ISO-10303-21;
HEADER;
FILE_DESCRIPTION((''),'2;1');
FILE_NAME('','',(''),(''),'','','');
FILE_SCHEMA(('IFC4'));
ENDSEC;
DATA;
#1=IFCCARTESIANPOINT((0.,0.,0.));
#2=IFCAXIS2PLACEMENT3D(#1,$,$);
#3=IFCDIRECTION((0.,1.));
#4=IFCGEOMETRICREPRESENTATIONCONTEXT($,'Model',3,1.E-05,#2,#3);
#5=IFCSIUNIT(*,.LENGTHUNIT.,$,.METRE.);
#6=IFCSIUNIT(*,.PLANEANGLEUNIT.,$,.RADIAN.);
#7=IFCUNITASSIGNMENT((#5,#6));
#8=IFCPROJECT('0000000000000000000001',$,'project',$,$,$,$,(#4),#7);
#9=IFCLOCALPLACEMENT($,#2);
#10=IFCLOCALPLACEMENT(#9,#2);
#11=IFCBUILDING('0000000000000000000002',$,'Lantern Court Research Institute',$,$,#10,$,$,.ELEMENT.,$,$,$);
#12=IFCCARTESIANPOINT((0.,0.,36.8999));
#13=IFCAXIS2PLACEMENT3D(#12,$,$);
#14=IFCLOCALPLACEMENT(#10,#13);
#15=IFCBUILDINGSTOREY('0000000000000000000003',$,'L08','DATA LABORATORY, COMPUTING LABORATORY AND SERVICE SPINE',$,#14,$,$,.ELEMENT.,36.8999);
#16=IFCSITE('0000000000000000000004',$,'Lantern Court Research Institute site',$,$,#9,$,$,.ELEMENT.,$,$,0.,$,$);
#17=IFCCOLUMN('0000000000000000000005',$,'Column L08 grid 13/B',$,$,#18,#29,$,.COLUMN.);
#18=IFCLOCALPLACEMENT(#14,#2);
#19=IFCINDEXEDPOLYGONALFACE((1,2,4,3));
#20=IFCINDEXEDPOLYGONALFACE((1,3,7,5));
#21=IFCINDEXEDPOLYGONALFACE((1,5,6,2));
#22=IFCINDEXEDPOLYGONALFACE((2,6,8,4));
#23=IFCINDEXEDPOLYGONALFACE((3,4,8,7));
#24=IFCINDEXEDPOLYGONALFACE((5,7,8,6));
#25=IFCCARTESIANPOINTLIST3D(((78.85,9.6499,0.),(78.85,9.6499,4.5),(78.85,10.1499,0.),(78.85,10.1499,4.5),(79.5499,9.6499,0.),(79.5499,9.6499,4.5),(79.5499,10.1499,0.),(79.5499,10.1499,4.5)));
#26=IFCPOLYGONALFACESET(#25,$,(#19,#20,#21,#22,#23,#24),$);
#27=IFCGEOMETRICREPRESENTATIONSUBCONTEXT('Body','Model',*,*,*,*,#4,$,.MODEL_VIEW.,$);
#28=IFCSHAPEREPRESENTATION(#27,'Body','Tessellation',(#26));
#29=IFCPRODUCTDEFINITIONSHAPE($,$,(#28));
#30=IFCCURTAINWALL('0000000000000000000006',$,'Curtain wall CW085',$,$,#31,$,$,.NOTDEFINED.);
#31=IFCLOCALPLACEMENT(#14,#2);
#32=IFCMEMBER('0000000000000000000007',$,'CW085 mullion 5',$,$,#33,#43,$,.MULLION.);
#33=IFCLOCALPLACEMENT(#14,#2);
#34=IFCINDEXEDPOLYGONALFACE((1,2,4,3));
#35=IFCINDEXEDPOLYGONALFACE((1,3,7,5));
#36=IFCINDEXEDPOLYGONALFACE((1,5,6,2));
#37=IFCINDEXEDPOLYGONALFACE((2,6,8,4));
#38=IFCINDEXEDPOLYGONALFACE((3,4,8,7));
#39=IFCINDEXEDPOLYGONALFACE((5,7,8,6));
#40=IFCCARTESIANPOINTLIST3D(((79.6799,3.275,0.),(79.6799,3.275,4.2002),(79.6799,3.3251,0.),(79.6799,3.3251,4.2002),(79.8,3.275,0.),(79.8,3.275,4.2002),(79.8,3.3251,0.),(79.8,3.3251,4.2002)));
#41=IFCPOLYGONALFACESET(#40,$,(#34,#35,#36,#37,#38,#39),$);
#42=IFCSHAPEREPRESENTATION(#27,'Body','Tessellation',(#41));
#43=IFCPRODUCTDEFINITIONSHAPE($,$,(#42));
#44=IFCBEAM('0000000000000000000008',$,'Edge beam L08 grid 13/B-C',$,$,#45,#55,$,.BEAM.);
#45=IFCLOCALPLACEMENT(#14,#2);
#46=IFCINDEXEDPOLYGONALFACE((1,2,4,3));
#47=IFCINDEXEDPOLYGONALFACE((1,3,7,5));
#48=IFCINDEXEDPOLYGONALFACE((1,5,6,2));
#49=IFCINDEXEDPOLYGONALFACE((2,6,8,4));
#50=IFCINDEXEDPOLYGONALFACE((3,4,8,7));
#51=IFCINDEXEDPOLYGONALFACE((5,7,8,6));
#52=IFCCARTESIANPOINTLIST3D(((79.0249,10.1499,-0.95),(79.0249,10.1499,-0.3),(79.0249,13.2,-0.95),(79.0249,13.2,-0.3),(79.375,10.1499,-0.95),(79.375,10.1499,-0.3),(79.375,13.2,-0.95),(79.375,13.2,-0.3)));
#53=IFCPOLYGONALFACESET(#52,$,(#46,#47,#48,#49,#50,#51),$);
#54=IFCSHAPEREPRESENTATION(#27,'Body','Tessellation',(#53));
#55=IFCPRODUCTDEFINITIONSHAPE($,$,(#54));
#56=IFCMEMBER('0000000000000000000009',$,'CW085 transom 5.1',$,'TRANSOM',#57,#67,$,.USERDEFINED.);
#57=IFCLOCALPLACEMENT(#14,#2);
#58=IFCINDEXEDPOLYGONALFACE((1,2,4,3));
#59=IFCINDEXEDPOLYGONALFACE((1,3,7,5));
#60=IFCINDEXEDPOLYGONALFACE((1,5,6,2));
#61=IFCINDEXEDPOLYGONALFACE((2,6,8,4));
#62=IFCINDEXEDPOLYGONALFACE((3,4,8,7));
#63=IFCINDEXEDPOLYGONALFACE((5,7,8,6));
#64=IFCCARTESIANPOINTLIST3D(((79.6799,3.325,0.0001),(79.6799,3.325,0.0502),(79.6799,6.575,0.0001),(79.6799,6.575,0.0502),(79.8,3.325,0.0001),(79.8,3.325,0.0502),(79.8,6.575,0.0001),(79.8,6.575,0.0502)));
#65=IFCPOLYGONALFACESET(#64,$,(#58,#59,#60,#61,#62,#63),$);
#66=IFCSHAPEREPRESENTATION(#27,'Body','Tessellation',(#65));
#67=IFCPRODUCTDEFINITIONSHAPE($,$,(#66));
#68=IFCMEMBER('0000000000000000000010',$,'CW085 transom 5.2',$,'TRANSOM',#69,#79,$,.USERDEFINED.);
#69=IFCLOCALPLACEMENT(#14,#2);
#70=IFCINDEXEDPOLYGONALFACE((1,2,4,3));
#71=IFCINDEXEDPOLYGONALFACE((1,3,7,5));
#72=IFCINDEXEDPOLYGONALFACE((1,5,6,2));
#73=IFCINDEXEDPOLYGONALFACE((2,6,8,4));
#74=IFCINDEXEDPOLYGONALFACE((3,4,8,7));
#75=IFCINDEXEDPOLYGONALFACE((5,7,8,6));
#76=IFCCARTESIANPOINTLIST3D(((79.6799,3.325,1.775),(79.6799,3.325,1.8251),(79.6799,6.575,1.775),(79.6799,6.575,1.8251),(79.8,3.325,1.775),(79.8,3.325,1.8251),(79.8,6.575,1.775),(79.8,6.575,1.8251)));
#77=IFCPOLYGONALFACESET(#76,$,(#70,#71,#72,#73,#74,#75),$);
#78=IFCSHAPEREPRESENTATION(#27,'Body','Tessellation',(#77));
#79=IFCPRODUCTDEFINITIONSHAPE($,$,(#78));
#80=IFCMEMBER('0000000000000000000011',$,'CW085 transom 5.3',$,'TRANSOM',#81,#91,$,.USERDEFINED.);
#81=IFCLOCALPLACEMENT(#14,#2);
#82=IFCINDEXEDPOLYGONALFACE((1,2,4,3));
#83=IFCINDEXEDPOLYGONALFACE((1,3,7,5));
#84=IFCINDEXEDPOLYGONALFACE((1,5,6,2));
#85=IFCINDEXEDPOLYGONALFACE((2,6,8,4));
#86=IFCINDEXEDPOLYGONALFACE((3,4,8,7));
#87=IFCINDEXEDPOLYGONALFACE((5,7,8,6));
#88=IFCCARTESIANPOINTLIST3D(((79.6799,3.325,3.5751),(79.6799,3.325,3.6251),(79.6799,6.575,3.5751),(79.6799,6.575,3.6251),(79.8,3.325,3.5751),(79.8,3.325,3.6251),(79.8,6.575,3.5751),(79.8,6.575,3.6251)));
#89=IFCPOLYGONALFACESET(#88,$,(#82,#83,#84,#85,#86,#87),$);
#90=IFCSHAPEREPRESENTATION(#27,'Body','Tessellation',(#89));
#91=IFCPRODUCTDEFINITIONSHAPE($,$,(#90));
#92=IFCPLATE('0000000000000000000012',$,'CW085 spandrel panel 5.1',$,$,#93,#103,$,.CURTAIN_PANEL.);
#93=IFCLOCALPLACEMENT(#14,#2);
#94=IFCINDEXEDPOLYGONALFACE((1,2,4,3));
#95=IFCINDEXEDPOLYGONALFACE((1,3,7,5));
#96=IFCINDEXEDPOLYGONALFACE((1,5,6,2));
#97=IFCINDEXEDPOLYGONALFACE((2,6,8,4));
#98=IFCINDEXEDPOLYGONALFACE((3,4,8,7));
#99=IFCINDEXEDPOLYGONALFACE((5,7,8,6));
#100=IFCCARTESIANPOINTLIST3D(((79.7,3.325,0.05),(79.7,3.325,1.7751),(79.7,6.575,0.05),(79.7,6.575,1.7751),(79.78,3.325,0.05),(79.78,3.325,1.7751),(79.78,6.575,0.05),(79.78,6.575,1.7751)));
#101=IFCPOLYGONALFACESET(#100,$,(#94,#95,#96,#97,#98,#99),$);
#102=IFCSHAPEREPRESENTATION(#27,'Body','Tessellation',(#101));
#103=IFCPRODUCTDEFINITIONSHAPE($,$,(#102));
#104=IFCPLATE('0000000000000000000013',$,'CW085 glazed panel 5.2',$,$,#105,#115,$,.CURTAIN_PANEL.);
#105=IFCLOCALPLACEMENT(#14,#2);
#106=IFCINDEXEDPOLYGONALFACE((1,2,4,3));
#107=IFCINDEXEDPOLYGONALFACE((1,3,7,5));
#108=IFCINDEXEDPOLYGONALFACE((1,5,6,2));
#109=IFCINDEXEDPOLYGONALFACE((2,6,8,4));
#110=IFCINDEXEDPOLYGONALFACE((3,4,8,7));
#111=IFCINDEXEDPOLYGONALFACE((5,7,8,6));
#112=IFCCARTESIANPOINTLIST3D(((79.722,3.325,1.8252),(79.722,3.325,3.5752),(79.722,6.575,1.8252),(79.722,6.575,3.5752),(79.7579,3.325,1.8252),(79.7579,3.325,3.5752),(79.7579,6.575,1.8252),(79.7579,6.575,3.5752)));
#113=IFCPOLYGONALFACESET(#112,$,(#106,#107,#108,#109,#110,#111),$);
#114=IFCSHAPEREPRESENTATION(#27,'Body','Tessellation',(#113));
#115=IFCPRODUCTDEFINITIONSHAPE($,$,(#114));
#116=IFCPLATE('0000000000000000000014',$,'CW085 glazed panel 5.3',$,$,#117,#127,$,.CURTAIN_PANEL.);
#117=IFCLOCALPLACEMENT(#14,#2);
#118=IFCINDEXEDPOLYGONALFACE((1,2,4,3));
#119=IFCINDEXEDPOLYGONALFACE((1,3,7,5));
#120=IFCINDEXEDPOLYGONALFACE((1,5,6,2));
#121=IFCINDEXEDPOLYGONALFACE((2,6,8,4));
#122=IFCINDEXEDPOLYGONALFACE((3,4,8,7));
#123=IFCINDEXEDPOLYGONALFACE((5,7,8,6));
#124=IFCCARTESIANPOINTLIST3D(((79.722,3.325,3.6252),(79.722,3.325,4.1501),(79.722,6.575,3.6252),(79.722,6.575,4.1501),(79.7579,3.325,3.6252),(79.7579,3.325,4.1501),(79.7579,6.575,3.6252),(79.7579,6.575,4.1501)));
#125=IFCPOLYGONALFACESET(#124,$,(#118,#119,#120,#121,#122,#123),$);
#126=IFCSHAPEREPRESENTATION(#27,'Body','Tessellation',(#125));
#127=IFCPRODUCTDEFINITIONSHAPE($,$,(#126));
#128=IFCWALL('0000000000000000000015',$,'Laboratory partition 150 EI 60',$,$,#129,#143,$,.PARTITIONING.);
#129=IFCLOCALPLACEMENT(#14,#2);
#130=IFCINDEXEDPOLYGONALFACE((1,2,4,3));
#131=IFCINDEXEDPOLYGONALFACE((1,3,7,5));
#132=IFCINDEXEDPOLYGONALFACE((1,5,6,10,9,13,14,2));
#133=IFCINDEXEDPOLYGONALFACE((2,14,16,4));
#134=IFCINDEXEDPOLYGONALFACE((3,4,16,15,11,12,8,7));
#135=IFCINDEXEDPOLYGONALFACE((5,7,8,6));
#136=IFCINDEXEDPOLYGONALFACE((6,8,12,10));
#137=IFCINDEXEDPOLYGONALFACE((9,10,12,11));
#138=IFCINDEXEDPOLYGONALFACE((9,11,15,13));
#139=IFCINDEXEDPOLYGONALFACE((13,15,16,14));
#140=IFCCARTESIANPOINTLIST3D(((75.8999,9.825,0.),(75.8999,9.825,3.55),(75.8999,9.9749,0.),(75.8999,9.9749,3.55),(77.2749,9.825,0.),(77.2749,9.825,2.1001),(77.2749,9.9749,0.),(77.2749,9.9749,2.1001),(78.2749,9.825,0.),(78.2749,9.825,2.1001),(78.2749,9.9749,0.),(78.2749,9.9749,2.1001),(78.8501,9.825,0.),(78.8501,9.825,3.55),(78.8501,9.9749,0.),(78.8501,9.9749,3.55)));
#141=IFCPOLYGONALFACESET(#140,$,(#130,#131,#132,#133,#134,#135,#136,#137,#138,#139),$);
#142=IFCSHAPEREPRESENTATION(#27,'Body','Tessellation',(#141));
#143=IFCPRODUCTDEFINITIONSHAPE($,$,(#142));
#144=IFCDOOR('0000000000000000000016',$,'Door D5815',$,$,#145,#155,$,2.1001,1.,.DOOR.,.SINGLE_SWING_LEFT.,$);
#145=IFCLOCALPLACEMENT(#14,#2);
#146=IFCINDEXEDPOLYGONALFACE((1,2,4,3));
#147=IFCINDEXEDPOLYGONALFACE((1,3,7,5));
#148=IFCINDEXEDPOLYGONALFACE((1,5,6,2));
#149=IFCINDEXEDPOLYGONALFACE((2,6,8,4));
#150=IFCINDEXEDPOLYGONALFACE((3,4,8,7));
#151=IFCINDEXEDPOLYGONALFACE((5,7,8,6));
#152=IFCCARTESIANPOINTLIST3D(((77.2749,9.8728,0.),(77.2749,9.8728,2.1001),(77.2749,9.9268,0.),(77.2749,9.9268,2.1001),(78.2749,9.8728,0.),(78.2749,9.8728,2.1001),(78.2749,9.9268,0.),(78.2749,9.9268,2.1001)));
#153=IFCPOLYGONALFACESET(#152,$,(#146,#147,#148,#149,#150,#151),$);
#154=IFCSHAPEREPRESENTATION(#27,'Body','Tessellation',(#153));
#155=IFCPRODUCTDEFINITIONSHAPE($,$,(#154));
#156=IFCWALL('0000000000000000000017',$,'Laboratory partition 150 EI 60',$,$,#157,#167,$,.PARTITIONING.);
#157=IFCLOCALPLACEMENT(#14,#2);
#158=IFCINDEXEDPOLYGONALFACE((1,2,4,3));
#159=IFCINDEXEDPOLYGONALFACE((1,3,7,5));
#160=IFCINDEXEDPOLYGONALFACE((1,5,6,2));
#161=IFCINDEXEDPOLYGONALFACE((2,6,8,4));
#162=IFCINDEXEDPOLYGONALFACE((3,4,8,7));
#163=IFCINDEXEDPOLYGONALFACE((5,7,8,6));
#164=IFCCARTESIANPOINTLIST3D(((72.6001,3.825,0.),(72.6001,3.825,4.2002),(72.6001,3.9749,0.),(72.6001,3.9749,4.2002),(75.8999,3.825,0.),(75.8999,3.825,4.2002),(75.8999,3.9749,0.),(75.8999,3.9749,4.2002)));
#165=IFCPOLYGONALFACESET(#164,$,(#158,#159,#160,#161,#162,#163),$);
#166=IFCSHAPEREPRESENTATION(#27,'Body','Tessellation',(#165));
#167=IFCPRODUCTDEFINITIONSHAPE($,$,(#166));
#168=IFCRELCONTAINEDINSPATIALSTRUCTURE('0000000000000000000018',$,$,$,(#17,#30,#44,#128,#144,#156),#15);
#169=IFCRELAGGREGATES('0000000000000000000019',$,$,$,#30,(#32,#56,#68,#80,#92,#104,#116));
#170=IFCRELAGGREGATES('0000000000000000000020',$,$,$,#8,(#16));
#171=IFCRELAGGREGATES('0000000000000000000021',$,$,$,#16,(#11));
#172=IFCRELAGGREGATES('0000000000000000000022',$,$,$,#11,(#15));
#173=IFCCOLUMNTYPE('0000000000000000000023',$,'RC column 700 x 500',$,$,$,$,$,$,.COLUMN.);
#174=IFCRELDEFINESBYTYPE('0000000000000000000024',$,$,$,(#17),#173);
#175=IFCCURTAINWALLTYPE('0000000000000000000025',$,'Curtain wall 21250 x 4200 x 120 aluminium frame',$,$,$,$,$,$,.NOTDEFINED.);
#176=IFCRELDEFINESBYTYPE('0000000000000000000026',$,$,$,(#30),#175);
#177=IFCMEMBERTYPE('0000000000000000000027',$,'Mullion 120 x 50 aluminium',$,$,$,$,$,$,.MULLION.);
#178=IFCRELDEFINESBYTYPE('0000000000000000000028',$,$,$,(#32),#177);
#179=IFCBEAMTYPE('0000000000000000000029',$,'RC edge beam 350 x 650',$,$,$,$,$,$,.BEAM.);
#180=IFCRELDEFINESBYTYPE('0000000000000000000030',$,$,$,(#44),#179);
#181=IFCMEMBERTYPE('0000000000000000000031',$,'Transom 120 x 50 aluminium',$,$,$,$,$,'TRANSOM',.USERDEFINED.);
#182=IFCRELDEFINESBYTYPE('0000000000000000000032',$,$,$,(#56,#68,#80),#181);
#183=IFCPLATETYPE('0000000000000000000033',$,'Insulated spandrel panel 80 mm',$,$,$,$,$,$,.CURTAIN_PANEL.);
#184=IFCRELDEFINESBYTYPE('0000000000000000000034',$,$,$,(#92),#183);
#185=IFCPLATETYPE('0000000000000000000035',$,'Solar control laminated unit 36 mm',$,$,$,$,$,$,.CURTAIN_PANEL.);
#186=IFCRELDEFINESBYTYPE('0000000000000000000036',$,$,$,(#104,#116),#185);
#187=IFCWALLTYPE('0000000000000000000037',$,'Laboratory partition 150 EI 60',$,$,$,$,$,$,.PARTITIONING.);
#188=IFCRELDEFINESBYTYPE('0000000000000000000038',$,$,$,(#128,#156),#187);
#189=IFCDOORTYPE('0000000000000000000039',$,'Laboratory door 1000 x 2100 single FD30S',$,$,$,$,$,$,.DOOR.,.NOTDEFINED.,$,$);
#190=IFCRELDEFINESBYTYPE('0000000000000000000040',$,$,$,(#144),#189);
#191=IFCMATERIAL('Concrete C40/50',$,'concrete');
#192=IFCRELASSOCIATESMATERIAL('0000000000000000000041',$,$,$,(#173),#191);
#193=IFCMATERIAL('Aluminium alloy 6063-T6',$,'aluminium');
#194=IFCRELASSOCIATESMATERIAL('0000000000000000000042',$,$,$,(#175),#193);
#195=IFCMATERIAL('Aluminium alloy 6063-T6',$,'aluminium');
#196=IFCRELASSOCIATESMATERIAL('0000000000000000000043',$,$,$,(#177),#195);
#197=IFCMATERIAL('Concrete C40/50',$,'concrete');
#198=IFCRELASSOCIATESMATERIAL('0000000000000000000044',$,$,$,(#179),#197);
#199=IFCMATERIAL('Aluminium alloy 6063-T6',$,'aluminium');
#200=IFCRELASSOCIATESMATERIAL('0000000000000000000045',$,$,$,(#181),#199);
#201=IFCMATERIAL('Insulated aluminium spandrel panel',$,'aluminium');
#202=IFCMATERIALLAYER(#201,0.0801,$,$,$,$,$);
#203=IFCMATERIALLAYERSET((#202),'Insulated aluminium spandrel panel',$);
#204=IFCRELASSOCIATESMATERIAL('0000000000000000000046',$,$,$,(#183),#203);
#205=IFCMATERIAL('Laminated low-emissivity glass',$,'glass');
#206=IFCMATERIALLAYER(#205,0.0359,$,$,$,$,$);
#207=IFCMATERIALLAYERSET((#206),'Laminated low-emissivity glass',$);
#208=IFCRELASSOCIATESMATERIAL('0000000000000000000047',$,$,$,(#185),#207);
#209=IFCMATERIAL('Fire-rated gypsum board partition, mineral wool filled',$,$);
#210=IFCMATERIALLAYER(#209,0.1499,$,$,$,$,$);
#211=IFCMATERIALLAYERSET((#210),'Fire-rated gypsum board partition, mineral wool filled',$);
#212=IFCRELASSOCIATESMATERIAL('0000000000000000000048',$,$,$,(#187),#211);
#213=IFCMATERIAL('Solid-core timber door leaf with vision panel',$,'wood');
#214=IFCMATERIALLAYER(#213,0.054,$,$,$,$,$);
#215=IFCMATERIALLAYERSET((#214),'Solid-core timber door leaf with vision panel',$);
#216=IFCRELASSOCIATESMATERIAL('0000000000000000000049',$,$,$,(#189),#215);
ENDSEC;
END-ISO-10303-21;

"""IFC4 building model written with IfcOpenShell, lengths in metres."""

from ifc_helpers import new_model, si_unit, direction, frame, frame_2d, origin, origin_2d, place, context, subcontext, project, spatial, rectangle, extrude, material, layer, layer_set, material_profile, profile_set, type_object, element, fill, aggregate, save


model = new_model("IFC4")

# Units and contexts
model_context = context("Model", 3, precision=1e-05, world=origin(), true_north=direction((0.0, 1.0)))
body_context = subcontext(model_context, "Body", "Model", "MODEL_VIEW")
ifc_project = project(units=[si_unit("LENGTHUNIT", "METRE"), si_unit("PLANEANGLEUNIT", "RADIAN")], contexts=[model_context])

# Site, building, storey
site_placement = place(None, origin())
site = spatial("IfcSite", under=ifc_project, at=site_placement, Name="Lantern Court Research Institute site", CompositionType="ELEMENT", RefElevation=0.0)
building_placement = place(site_placement, origin())
building = spatial("IfcBuilding", under=site, at=building_placement, Name="Lantern Court Research Institute", CompositionType="ELEMENT")
storey_placement = place(building_placement, frame((0.0, 0.0, 36.8999)))
storey = spatial("IfcBuildingStorey", under=building, at=storey_placement, Name="L08", Description="DATA LABORATORY, COMPUTING LABORATORY AND SERVICE SPINE", CompositionType="ELEMENT", Elevation=36.8999)

# Column
ifc_material_1 = material(Name="Concrete C40/50", Category="concrete")
ifc_material_profile_1 = material_profile(ifc_material_1, rectangle(XDim=0.7, YDim=0.5, at=origin_2d()), Name="RC column 700 x 500")
ifc_profile_set_1 = profile_set([ifc_material_profile_1], Name="Concrete C40/50")
column_type = type_object("IfcColumnType", Name="RC column 700 x 500", PredefinedType="COLUMN", material=ifc_profile_set_1)
column_placement = place(storey_placement, frame((79.2, 9.8999, 0.0), z_axis=(0.0, 0.0, 1.0), x_axis=(1.0, 0.0, 0.0)))
element("IfcColumn", 1, at=column_placement, inside=storey, type_object=column_type, Name="Column L08 grid 13/B", PredefinedType="COLUMN", context=body_context, shape_type="SweptSolid", body=[
    extrude(rectangle(XDim=0.7, YDim=0.5, at=origin_2d()), origin(), (0.0, 0.0, 1.0), 4.5),
])

# Curtain wall, member
ifc_material_2 = material(Name="Aluminium alloy 6063-T6", Category="aluminium")
curtain_wall_type = type_object("IfcCurtainWallType", Name="Curtain wall 21250 x 4200 x 120 aluminium frame", PredefinedType="NOTDEFINED", material=ifc_material_2)
curtain_wall_placement = place(storey_placement, origin())
curtain_wall = element("IfcCurtainWall", 2, at=curtain_wall_placement, inside=storey, type_object=curtain_wall_type, Name="Curtain wall CW085", PredefinedType="NOTDEFINED")
ifc_material_3 = material(Name="Aluminium alloy 6063-T6", Category="aluminium")
ifc_material_profile_2 = material_profile(ifc_material_3, rectangle(XDim=0.1201, YDim=0.05, at=origin_2d()), Name="Mullion 120 x 50")
ifc_profile_set_2 = profile_set([ifc_material_profile_2], Name="Aluminium alloy 6063-T6")
member_type_1 = type_object("IfcMemberType", Name="Mullion 120 x 50 aluminium", PredefinedType="MULLION", material=ifc_profile_set_2)
member_1_placement = place(storey_placement, frame((79.74, 3.3, 0.0), z_axis=(0.0, 0.0, 1.0), x_axis=(1.0, 0.0, 0.0)))
member_1 = element("IfcMember", 3, at=member_1_placement, type_object=member_type_1, Name="CW085 mullion 5", PredefinedType="MULLION", context=body_context, shape_type="SweptSolid", body=[
    extrude(rectangle(XDim=0.1201, YDim=0.05, at=origin_2d()), origin(), (0.0, 0.0, 1.0), 4.2002),
])

# Beam
ifc_material_4 = material(Name="Concrete C40/50", Category="concrete")
ifc_material_profile_3 = material_profile(ifc_material_4, rectangle(XDim=0.3501, YDim=0.6499, at=origin_2d()), Name="RC beam 350 x 650")
ifc_profile_set_3 = profile_set([ifc_material_profile_3], Name="Concrete C40/50")
beam_type = type_object("IfcBeamType", Name="RC edge beam 350 x 650", PredefinedType="BEAM", material=ifc_profile_set_3)
beam_placement = place(storey_placement, frame((79.2, 10.1499, -0.625), z_axis=(0.0, 1.0, 0.0), x_axis=(-1.0, 0.0, 0.0)))
element("IfcBeam", 4, at=beam_placement, inside=storey, type_object=beam_type, Name="Edge beam L08 grid 13/B-C", PredefinedType="BEAM", context=body_context, shape_type="SweptSolid", body=[
    extrude(rectangle(XDim=0.3501, YDim=0.6499, at=origin_2d()), origin(), (0.0, 0.0, 1.0), 3.05),
])

# Members
ifc_material_5 = material(Name="Aluminium alloy 6063-T6", Category="aluminium")
ifc_material_profile_4 = material_profile(ifc_material_5, rectangle(XDim=0.1201, YDim=0.05, at=origin_2d()), Name="Transom 120 x 50")
ifc_profile_set_4 = profile_set([ifc_material_profile_4], Name="Aluminium alloy 6063-T6")
member_type_2 = type_object("IfcMemberType", Name="Transom 120 x 50 aluminium", ElementType="TRANSOM", PredefinedType="USERDEFINED", material=ifc_profile_set_4)
member_2_placement = place(storey_placement, frame((79.74, 6.575, 0.0251), z_axis=(0.0, -1.0, 0.0), x_axis=(1.0, 0.0, 0.0)))
member_2 = element("IfcMember", 5, at=member_2_placement, type_object=member_type_2, Name="CW085 transom 5.1", ObjectType="TRANSOM", PredefinedType="USERDEFINED", context=body_context, shape_type="SweptSolid", body=[
    extrude(rectangle(XDim=0.1201, YDim=0.05, at=origin_2d()), origin(), (0.0, 0.0, 1.0), 3.25),
])
member_3_placement = place(storey_placement, frame((79.74, 6.575, 1.8), z_axis=(0.0, -1.0, 0.0), x_axis=(1.0, 0.0, 0.0)))
member_3 = element("IfcMember", 6, at=member_3_placement, type_object=member_type_2, Name="CW085 transom 5.2", ObjectType="TRANSOM", PredefinedType="USERDEFINED", context=body_context, shape_type="SweptSolid", body=[
    extrude(rectangle(XDim=0.1201, YDim=0.05, at=origin_2d()), origin(), (0.0, 0.0, 1.0), 3.25),
])
member_4_placement = place(storey_placement, frame((79.74, 6.575, 3.6001), z_axis=(0.0, -1.0, 0.0), x_axis=(1.0, 0.0, 0.0)))
member_4 = element("IfcMember", 7, at=member_4_placement, type_object=member_type_2, Name="CW085 transom 5.3", ObjectType="TRANSOM", PredefinedType="USERDEFINED", context=body_context, shape_type="SweptSolid", body=[
    extrude(rectangle(XDim=0.1201, YDim=0.05, at=origin_2d()), origin(), (0.0, 0.0, 1.0), 3.25),
])

# Plates
ifc_material_6 = material(Name="Insulated aluminium spandrel panel", Category="aluminium")
ifc_layer_1 = layer(ifc_material_6, 0.0801)
ifc_layer_set_1 = layer_set([ifc_layer_1], Name="Insulated aluminium spandrel panel")
plate_type_1 = type_object("IfcPlateType", Name="Insulated spandrel panel 80 mm", PredefinedType="CURTAIN_PANEL", material=ifc_layer_set_1)
plate_1_placement = place(storey_placement, frame((79.74, 4.95, 0.05), z_axis=(0.0, 0.0, 1.0), x_axis=(0.0, -1.0, 0.0)))
plate_1 = element("IfcPlate", 8, at=plate_1_placement, type_object=plate_type_1, Name="CW085 spandrel panel 5.1", PredefinedType="CURTAIN_PANEL", context=body_context, shape_type="SweptSolid", body=[
    extrude(rectangle(XDim=3.25, YDim=0.0801, at=origin_2d()), origin(), (0.0, 0.0, 1.0), 1.7251),
])
ifc_material_7 = material(Name="Laminated low-emissivity glass", Category="glass")
ifc_layer_2 = layer(ifc_material_7, 0.0359)
ifc_layer_set_2 = layer_set([ifc_layer_2], Name="Laminated low-emissivity glass")
plate_type_2 = type_object("IfcPlateType", Name="Solar control laminated unit 36 mm", PredefinedType="CURTAIN_PANEL", material=ifc_layer_set_2)
plate_2_placement = place(storey_placement, frame((79.74, 4.95, 1.8252), z_axis=(0.0, 0.0, 1.0), x_axis=(0.0, -1.0, 0.0)))
plate_2 = element("IfcPlate", 9, at=plate_2_placement, type_object=plate_type_2, Name="CW085 glazed panel 5.2", PredefinedType="CURTAIN_PANEL", context=body_context, shape_type="SweptSolid", body=[
    extrude(rectangle(XDim=3.25, YDim=0.0359, at=origin_2d()), origin(), (0.0, 0.0, 1.0), 1.75),
])
plate_3_placement = place(storey_placement, frame((79.74, 4.95, 3.6252), z_axis=(0.0, 0.0, 1.0), x_axis=(0.0, -1.0, 0.0)))
plate_3 = element("IfcPlate", 10, at=plate_3_placement, type_object=plate_type_2, Name="CW085 glazed panel 5.3", PredefinedType="CURTAIN_PANEL", context=body_context, shape_type="SweptSolid", body=[
    extrude(rectangle(XDim=3.25, YDim=0.0359, at=origin_2d()), origin(), (0.0, 0.0, 1.0), 0.5249),
])
aggregate(curtain_wall, [member_1, member_2, member_3, member_4, plate_1, plate_2, plate_3])

# Wall, opening, door
ifc_material_8 = material(Name="Fire-rated gypsum board partition, mineral wool filled")
ifc_layer_3 = layer(ifc_material_8, 0.1499)
ifc_layer_set_3 = layer_set([ifc_layer_3], Name="Fire-rated gypsum board partition, mineral wool filled")
wall_type_1 = type_object("IfcWallType", Name="Laboratory partition 150 EI 60", PredefinedType="PARTITIONING", material=ifc_layer_set_3)
wall_1_placement = place(storey_placement, frame((75.8999, 9.8999, 0.0), z_axis=(0.0, 0.0, 1.0), x_axis=(1.0, 0.0, 0.0)))
wall_1 = element("IfcWall", 11, at=wall_1_placement, inside=storey, type_object=wall_type_1, Name="Laboratory partition 150 EI 60", PredefinedType="PARTITIONING", context=body_context, shape_type="SweptSolid", body=[
    extrude(rectangle(XDim=2.9502, YDim=0.1499, at=frame_2d((1.4751, 0.0))), origin(), (0.0, 0.0, 1.0), 3.55),
])
opening_1_placement = place(wall_1_placement, frame((1.375, 0.0, 0.0)))
opening_1 = element("IfcOpeningElement", 12, at=opening_1_placement, cuts=wall_1, PredefinedType="OPENING", context=body_context, shape_type="SweptSolid", body=[
    extrude(rectangle(XDim=1.0, YDim=2.1001, at=frame_2d((0.5, 1.05))), frame((0.0, 0.085, 0.0), z_axis=(0.0, -1.0, 0.0), x_axis=(1.0, 0.0, 0.0)), (0.0, 0.0, 1.0), 0.1699),
])
ifc_material_9 = material(Name="Solid-core timber door leaf with vision panel", Category="wood")
ifc_layer_4 = layer(ifc_material_9, 0.054)
ifc_layer_set_4 = layer_set([ifc_layer_4], Name="Solid-core timber door leaf with vision panel")
door_type = type_object("IfcDoorType", Name="Laboratory door 1000 x 2100 single FD30S", OperationType="NOTDEFINED", PredefinedType="DOOR", material=ifc_layer_set_4)
door_placement = place(opening_1_placement, origin())
door = element("IfcDoor", 13, at=door_placement, inside=storey, type_object=door_type, Name="Door D5815", OperationType="SINGLE_SWING_LEFT", OverallHeight=2.1001, OverallWidth=1.0, PredefinedType="DOOR", context=body_context, shape_type="SweptSolid", body=[
    extrude(rectangle(XDim=1.0, YDim=2.1001, at=frame_2d((0.5, 1.05))), frame((0.0, 0.0269, 0.0), z_axis=(0.0, -1.0, 0.0), x_axis=(1.0, 0.0, 0.0)), (0.0, 0.0, 1.0), 0.054),
])
fill(opening_1, door)

# Wall
wall_2_placement = place(storey_placement, frame((75.8999, 3.8999, 0.0), z_axis=(0.0, 0.0, 1.0), x_axis=(-1.0, 0.0, 0.0)))
element("IfcWall", 14, at=wall_2_placement, inside=storey, type_object=wall_type_1, Name="Laboratory partition 150 EI 60", PredefinedType="PARTITIONING", context=body_context, shape_type="SweptSolid", body=[
    extrude(rectangle(XDim=3.2998, YDim=0.1499, at=frame_2d((1.6499, 0.0))), origin(), (0.0, 0.0, 1.0), 4.2002),
])

save(model, "model.ifc")
